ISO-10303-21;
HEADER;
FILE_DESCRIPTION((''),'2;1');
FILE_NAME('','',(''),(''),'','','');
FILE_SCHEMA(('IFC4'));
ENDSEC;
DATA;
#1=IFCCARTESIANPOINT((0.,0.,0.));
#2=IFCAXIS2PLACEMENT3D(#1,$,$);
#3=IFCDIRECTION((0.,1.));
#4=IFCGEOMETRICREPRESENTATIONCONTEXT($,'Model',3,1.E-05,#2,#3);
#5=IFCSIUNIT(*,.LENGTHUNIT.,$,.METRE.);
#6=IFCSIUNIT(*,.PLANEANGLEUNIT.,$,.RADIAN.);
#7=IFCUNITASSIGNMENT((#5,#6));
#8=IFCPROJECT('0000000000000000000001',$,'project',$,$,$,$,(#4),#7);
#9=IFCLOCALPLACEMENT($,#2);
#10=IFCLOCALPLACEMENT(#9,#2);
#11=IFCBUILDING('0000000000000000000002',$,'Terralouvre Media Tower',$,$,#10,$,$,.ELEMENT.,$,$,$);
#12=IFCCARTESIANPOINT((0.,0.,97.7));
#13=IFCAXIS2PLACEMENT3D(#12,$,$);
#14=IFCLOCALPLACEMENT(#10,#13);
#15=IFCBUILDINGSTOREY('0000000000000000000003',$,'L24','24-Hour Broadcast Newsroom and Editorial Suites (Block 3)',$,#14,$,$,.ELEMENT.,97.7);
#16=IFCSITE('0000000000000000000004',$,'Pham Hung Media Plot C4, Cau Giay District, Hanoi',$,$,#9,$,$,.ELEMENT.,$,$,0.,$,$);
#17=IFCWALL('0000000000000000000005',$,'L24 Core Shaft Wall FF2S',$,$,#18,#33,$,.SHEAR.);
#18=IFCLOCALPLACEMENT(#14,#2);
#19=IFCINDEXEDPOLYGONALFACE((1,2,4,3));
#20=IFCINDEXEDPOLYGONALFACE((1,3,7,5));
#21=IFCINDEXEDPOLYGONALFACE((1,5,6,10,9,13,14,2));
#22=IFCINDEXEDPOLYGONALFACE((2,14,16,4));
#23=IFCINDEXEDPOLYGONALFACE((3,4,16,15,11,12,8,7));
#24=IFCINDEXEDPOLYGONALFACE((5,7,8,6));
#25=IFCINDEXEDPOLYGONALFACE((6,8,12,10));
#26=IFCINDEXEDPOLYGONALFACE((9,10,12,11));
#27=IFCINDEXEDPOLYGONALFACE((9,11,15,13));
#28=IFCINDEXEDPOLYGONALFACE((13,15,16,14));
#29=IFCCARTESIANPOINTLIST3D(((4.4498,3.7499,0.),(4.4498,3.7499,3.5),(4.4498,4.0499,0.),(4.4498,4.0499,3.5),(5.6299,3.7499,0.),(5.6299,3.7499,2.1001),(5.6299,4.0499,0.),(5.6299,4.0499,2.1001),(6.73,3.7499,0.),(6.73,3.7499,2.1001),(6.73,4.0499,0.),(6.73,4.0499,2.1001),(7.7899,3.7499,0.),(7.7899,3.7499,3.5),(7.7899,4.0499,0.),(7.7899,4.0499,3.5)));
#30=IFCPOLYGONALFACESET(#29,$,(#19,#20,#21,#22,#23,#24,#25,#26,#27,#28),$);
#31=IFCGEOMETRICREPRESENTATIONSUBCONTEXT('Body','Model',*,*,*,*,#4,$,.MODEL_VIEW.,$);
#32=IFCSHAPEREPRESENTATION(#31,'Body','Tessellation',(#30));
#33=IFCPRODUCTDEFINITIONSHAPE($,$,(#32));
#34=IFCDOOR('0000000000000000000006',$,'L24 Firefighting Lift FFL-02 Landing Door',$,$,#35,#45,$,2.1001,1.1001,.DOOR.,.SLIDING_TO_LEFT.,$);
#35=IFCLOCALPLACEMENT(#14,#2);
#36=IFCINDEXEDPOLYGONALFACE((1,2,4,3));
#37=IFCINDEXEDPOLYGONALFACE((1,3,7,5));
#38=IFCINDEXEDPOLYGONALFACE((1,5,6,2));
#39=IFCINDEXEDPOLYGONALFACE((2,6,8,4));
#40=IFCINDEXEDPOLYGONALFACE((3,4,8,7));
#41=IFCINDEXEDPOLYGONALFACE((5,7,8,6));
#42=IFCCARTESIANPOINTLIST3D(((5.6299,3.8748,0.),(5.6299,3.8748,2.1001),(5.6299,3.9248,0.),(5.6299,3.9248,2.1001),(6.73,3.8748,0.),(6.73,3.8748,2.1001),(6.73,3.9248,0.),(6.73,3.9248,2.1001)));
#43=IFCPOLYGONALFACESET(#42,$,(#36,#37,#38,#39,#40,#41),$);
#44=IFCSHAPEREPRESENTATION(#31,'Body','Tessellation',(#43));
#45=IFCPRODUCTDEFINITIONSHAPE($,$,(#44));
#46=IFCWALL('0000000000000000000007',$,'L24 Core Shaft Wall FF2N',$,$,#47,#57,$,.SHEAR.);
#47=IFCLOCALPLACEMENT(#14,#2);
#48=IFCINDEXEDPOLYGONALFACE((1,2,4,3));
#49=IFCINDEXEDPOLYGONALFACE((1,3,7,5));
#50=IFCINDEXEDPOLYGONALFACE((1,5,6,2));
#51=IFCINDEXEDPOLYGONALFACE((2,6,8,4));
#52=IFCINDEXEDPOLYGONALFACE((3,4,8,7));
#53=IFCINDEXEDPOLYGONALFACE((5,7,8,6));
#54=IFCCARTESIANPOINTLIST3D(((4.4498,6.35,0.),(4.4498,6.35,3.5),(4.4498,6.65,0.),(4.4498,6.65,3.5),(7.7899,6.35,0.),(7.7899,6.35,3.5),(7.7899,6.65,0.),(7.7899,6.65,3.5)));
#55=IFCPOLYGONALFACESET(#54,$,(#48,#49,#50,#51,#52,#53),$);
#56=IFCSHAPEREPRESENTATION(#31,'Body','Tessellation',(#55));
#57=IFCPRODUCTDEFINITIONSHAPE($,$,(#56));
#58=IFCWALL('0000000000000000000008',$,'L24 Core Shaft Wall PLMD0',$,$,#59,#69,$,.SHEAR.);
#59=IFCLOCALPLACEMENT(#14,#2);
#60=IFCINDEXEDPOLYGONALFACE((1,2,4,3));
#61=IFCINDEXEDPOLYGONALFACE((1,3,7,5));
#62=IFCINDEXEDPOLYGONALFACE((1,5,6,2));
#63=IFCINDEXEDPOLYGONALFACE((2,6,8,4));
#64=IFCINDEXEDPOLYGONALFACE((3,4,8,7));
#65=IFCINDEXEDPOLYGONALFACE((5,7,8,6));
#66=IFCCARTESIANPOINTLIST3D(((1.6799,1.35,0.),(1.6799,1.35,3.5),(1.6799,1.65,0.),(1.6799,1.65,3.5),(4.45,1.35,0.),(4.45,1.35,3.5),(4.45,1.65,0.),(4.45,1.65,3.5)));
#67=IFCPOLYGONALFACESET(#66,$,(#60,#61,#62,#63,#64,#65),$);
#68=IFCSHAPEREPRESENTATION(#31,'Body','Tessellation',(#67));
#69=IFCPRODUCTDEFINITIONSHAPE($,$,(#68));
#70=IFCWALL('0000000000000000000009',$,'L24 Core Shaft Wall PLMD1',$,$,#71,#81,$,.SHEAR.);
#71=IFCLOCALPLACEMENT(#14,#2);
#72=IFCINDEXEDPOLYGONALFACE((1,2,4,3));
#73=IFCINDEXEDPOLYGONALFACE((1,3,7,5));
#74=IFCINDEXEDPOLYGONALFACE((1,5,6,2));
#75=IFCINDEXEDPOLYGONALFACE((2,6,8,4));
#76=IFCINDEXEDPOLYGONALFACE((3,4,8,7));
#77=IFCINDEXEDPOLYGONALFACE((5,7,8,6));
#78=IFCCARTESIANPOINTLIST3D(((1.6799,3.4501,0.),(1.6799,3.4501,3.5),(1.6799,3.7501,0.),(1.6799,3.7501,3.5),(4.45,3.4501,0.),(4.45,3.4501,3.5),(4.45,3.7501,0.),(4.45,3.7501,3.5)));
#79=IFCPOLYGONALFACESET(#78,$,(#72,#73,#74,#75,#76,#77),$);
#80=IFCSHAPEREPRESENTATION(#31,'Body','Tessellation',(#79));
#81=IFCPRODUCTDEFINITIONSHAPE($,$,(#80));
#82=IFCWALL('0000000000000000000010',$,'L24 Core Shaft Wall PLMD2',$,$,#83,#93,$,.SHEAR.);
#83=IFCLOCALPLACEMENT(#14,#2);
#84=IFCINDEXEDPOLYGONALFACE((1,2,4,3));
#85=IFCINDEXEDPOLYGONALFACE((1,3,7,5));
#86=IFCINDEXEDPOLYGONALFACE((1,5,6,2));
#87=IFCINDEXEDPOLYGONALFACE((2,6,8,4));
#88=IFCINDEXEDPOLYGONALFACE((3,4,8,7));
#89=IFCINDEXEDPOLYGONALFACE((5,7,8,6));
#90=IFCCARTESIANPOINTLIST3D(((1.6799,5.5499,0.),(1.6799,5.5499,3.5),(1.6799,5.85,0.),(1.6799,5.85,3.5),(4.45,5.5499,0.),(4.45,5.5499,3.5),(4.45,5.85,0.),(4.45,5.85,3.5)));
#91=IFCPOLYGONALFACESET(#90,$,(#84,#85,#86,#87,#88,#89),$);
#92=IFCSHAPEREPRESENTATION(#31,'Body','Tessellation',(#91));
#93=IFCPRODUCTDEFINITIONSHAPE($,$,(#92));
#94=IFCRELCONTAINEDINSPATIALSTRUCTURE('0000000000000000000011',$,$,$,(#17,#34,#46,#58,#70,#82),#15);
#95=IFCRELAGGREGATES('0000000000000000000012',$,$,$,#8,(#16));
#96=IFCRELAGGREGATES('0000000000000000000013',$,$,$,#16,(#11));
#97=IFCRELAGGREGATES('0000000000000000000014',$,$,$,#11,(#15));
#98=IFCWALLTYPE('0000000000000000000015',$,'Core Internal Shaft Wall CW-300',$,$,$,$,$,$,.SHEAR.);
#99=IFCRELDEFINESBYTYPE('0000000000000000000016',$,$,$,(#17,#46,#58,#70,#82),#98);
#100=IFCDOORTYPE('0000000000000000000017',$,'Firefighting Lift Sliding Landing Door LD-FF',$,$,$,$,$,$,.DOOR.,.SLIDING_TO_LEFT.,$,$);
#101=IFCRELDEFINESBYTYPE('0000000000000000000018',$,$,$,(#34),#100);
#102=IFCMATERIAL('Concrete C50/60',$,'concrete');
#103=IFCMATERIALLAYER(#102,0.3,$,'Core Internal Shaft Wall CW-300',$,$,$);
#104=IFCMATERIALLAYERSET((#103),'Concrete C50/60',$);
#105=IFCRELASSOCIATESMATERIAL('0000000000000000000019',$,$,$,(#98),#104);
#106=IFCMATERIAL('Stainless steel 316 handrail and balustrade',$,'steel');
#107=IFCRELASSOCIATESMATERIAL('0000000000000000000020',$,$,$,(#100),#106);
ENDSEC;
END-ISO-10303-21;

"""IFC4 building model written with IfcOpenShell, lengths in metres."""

from ifc_helpers import new_model, si_unit, direction, frame, frame_2d, origin, place, context, subcontext, project, spatial, rectangle, extrude, material, layer, layer_set, type_object, element, fill, save


model = new_model("IFC4")

# Units and contexts
model_context = context("Model", 3, precision=1e-05, world=origin(), true_north=direction((0.0, 1.0)))
body_context = subcontext(model_context, "Body", "Model", "MODEL_VIEW")
ifc_project = project(units=[si_unit("LENGTHUNIT", "METRE"), si_unit("PLANEANGLEUNIT", "RADIAN")], contexts=[model_context])

# Site, building, storey
site_placement = place(None, origin())
site = spatial("IfcSite", under=ifc_project, at=site_placement, Name="Pham Hung Media Plot C4, Cau Giay District, Hanoi", CompositionType="ELEMENT", RefElevation=0.0)
building_placement = place(site_placement, origin())
building = spatial("IfcBuilding", under=site, at=building_placement, Name="Terralouvre Media Tower", CompositionType="ELEMENT")
storey_placement = place(building_placement, frame((0.0, 0.0, 97.7)))
storey = spatial("IfcBuildingStorey", under=building, at=storey_placement, Name="L24", Description="24-Hour Broadcast Newsroom and Editorial Suites (Block 3)", CompositionType="ELEMENT", Elevation=97.7)

# Wall, opening, door
ifc_material_1 = material(Name="Concrete C50/60", Category="concrete")
ifc_layer_1 = layer(ifc_material_1, 0.3, Name="Core Internal Shaft Wall CW-300")
ifc_layer_set_1 = layer_set([ifc_layer_1], Name="Concrete C50/60")
wall_type = type_object("IfcWallType", Name="Core Internal Shaft Wall CW-300", PredefinedType="SHEAR", material=ifc_layer_set_1)
wall_1_placement = place(storey_placement, frame((4.45, 3.8999, 0.0), z_axis=(0.0, 0.0, 1.0), x_axis=(1.0, 0.0, 0.0)))
wall_1 = element("IfcWall", 1, at=wall_1_placement, inside=storey, type_object=wall_type, Name="L24 Core Shaft Wall FF2S", PredefinedType="SHEAR", context=body_context, shape_type="SweptSolid", body=[
    extrude(rectangle(XDim=3.3401, YDim=0.3, at=frame_2d((1.6699, 0.0))), origin(), (0.0, 0.0, 1.0), 3.5),
])
opening_placement = place(wall_1_placement, frame((1.1799, 0.0, 0.0)))
opening = element("IfcOpeningElement", 2, at=opening_placement, cuts=wall_1, PredefinedType="OPENING", context=body_context, shape_type="SweptSolid", body=[
    extrude(rectangle(XDim=1.1001, YDim=2.1001, at=frame_2d((0.55, 1.05))), frame((0.0, 0.1599, 0.0), z_axis=(0.0, -1.0, 0.0), x_axis=(1.0, 0.0, 0.0)), (0.0, 0.0, 1.0), 0.3201),
])
ifc_material_2 = material(Name="Stainless steel 316 handrail and balustrade", Category="steel")
door_type = type_object("IfcDoorType", Name="Firefighting Lift Sliding Landing Door LD-FF", OperationType="SLIDING_TO_LEFT", PredefinedType="DOOR", material=ifc_material_2)
door_placement = place(opening_placement, origin())
door = element("IfcDoor", 3, at=door_placement, inside=storey, type_object=door_type, Name="L24 Firefighting Lift FFL-02 Landing Door", OperationType="SLIDING_TO_LEFT", OverallHeight=2.1001, OverallWidth=1.1001, PredefinedType="DOOR", context=body_context, shape_type="SweptSolid", body=[
    extrude(rectangle(XDim=1.1001, YDim=2.1001, at=frame_2d((0.55, 1.05))), frame((0.0, 0.0249, 0.0), z_axis=(0.0, -1.0, 0.0), x_axis=(1.0, 0.0, 0.0)), (0.0, 0.0, 1.0), 0.05),
])
fill(opening, door)

# Walls
wall_2_placement = place(storey_placement, frame((4.45, 6.5, 0.0), z_axis=(0.0, 0.0, 1.0), x_axis=(1.0, 0.0, 0.0)))
element("IfcWall", 4, at=wall_2_placement, inside=storey, type_object=wall_type, Name="L24 Core Shaft Wall FF2N", PredefinedType="SHEAR", context=body_context, shape_type="SweptSolid", body=[
    extrude(rectangle(XDim=3.3401, YDim=0.3, at=frame_2d((1.6699, 0.0))), origin(), (0.0, 0.0, 1.0), 3.5),
])
for number, where, z_axis, x_axis, name in (
    (5, (1.6799, 1.5, 0.0), (0.0, 0.0, 1.0), (1.0, 0.0, 0.0), "L24 Core Shaft Wall PLMD0"),
    (6, (1.6799, 3.6001, 0.0), (0.0, 0.0, 1.0), (1.0, 0.0, 0.0), "L24 Core Shaft Wall PLMD1"),
    (7, (1.6799, 5.7, 0.0), (0.0, 0.0, 1.0), (1.0, 0.0, 0.0), "L24 Core Shaft Wall PLMD2"),
):
    element("IfcWall", number, at=place(storey_placement, frame(where, z_axis=z_axis, x_axis=x_axis)), inside=storey, type_object=wall_type, Name=name, PredefinedType="SHEAR", context=body_context, shape_type="SweptSolid", body=[
        extrude(rectangle(XDim=2.77, YDim=0.3, at=frame_2d((1.385, 0.0))), origin(), (0.0, 0.0, 1.0), 3.5),
    ])

save(model, "model.ifc")
